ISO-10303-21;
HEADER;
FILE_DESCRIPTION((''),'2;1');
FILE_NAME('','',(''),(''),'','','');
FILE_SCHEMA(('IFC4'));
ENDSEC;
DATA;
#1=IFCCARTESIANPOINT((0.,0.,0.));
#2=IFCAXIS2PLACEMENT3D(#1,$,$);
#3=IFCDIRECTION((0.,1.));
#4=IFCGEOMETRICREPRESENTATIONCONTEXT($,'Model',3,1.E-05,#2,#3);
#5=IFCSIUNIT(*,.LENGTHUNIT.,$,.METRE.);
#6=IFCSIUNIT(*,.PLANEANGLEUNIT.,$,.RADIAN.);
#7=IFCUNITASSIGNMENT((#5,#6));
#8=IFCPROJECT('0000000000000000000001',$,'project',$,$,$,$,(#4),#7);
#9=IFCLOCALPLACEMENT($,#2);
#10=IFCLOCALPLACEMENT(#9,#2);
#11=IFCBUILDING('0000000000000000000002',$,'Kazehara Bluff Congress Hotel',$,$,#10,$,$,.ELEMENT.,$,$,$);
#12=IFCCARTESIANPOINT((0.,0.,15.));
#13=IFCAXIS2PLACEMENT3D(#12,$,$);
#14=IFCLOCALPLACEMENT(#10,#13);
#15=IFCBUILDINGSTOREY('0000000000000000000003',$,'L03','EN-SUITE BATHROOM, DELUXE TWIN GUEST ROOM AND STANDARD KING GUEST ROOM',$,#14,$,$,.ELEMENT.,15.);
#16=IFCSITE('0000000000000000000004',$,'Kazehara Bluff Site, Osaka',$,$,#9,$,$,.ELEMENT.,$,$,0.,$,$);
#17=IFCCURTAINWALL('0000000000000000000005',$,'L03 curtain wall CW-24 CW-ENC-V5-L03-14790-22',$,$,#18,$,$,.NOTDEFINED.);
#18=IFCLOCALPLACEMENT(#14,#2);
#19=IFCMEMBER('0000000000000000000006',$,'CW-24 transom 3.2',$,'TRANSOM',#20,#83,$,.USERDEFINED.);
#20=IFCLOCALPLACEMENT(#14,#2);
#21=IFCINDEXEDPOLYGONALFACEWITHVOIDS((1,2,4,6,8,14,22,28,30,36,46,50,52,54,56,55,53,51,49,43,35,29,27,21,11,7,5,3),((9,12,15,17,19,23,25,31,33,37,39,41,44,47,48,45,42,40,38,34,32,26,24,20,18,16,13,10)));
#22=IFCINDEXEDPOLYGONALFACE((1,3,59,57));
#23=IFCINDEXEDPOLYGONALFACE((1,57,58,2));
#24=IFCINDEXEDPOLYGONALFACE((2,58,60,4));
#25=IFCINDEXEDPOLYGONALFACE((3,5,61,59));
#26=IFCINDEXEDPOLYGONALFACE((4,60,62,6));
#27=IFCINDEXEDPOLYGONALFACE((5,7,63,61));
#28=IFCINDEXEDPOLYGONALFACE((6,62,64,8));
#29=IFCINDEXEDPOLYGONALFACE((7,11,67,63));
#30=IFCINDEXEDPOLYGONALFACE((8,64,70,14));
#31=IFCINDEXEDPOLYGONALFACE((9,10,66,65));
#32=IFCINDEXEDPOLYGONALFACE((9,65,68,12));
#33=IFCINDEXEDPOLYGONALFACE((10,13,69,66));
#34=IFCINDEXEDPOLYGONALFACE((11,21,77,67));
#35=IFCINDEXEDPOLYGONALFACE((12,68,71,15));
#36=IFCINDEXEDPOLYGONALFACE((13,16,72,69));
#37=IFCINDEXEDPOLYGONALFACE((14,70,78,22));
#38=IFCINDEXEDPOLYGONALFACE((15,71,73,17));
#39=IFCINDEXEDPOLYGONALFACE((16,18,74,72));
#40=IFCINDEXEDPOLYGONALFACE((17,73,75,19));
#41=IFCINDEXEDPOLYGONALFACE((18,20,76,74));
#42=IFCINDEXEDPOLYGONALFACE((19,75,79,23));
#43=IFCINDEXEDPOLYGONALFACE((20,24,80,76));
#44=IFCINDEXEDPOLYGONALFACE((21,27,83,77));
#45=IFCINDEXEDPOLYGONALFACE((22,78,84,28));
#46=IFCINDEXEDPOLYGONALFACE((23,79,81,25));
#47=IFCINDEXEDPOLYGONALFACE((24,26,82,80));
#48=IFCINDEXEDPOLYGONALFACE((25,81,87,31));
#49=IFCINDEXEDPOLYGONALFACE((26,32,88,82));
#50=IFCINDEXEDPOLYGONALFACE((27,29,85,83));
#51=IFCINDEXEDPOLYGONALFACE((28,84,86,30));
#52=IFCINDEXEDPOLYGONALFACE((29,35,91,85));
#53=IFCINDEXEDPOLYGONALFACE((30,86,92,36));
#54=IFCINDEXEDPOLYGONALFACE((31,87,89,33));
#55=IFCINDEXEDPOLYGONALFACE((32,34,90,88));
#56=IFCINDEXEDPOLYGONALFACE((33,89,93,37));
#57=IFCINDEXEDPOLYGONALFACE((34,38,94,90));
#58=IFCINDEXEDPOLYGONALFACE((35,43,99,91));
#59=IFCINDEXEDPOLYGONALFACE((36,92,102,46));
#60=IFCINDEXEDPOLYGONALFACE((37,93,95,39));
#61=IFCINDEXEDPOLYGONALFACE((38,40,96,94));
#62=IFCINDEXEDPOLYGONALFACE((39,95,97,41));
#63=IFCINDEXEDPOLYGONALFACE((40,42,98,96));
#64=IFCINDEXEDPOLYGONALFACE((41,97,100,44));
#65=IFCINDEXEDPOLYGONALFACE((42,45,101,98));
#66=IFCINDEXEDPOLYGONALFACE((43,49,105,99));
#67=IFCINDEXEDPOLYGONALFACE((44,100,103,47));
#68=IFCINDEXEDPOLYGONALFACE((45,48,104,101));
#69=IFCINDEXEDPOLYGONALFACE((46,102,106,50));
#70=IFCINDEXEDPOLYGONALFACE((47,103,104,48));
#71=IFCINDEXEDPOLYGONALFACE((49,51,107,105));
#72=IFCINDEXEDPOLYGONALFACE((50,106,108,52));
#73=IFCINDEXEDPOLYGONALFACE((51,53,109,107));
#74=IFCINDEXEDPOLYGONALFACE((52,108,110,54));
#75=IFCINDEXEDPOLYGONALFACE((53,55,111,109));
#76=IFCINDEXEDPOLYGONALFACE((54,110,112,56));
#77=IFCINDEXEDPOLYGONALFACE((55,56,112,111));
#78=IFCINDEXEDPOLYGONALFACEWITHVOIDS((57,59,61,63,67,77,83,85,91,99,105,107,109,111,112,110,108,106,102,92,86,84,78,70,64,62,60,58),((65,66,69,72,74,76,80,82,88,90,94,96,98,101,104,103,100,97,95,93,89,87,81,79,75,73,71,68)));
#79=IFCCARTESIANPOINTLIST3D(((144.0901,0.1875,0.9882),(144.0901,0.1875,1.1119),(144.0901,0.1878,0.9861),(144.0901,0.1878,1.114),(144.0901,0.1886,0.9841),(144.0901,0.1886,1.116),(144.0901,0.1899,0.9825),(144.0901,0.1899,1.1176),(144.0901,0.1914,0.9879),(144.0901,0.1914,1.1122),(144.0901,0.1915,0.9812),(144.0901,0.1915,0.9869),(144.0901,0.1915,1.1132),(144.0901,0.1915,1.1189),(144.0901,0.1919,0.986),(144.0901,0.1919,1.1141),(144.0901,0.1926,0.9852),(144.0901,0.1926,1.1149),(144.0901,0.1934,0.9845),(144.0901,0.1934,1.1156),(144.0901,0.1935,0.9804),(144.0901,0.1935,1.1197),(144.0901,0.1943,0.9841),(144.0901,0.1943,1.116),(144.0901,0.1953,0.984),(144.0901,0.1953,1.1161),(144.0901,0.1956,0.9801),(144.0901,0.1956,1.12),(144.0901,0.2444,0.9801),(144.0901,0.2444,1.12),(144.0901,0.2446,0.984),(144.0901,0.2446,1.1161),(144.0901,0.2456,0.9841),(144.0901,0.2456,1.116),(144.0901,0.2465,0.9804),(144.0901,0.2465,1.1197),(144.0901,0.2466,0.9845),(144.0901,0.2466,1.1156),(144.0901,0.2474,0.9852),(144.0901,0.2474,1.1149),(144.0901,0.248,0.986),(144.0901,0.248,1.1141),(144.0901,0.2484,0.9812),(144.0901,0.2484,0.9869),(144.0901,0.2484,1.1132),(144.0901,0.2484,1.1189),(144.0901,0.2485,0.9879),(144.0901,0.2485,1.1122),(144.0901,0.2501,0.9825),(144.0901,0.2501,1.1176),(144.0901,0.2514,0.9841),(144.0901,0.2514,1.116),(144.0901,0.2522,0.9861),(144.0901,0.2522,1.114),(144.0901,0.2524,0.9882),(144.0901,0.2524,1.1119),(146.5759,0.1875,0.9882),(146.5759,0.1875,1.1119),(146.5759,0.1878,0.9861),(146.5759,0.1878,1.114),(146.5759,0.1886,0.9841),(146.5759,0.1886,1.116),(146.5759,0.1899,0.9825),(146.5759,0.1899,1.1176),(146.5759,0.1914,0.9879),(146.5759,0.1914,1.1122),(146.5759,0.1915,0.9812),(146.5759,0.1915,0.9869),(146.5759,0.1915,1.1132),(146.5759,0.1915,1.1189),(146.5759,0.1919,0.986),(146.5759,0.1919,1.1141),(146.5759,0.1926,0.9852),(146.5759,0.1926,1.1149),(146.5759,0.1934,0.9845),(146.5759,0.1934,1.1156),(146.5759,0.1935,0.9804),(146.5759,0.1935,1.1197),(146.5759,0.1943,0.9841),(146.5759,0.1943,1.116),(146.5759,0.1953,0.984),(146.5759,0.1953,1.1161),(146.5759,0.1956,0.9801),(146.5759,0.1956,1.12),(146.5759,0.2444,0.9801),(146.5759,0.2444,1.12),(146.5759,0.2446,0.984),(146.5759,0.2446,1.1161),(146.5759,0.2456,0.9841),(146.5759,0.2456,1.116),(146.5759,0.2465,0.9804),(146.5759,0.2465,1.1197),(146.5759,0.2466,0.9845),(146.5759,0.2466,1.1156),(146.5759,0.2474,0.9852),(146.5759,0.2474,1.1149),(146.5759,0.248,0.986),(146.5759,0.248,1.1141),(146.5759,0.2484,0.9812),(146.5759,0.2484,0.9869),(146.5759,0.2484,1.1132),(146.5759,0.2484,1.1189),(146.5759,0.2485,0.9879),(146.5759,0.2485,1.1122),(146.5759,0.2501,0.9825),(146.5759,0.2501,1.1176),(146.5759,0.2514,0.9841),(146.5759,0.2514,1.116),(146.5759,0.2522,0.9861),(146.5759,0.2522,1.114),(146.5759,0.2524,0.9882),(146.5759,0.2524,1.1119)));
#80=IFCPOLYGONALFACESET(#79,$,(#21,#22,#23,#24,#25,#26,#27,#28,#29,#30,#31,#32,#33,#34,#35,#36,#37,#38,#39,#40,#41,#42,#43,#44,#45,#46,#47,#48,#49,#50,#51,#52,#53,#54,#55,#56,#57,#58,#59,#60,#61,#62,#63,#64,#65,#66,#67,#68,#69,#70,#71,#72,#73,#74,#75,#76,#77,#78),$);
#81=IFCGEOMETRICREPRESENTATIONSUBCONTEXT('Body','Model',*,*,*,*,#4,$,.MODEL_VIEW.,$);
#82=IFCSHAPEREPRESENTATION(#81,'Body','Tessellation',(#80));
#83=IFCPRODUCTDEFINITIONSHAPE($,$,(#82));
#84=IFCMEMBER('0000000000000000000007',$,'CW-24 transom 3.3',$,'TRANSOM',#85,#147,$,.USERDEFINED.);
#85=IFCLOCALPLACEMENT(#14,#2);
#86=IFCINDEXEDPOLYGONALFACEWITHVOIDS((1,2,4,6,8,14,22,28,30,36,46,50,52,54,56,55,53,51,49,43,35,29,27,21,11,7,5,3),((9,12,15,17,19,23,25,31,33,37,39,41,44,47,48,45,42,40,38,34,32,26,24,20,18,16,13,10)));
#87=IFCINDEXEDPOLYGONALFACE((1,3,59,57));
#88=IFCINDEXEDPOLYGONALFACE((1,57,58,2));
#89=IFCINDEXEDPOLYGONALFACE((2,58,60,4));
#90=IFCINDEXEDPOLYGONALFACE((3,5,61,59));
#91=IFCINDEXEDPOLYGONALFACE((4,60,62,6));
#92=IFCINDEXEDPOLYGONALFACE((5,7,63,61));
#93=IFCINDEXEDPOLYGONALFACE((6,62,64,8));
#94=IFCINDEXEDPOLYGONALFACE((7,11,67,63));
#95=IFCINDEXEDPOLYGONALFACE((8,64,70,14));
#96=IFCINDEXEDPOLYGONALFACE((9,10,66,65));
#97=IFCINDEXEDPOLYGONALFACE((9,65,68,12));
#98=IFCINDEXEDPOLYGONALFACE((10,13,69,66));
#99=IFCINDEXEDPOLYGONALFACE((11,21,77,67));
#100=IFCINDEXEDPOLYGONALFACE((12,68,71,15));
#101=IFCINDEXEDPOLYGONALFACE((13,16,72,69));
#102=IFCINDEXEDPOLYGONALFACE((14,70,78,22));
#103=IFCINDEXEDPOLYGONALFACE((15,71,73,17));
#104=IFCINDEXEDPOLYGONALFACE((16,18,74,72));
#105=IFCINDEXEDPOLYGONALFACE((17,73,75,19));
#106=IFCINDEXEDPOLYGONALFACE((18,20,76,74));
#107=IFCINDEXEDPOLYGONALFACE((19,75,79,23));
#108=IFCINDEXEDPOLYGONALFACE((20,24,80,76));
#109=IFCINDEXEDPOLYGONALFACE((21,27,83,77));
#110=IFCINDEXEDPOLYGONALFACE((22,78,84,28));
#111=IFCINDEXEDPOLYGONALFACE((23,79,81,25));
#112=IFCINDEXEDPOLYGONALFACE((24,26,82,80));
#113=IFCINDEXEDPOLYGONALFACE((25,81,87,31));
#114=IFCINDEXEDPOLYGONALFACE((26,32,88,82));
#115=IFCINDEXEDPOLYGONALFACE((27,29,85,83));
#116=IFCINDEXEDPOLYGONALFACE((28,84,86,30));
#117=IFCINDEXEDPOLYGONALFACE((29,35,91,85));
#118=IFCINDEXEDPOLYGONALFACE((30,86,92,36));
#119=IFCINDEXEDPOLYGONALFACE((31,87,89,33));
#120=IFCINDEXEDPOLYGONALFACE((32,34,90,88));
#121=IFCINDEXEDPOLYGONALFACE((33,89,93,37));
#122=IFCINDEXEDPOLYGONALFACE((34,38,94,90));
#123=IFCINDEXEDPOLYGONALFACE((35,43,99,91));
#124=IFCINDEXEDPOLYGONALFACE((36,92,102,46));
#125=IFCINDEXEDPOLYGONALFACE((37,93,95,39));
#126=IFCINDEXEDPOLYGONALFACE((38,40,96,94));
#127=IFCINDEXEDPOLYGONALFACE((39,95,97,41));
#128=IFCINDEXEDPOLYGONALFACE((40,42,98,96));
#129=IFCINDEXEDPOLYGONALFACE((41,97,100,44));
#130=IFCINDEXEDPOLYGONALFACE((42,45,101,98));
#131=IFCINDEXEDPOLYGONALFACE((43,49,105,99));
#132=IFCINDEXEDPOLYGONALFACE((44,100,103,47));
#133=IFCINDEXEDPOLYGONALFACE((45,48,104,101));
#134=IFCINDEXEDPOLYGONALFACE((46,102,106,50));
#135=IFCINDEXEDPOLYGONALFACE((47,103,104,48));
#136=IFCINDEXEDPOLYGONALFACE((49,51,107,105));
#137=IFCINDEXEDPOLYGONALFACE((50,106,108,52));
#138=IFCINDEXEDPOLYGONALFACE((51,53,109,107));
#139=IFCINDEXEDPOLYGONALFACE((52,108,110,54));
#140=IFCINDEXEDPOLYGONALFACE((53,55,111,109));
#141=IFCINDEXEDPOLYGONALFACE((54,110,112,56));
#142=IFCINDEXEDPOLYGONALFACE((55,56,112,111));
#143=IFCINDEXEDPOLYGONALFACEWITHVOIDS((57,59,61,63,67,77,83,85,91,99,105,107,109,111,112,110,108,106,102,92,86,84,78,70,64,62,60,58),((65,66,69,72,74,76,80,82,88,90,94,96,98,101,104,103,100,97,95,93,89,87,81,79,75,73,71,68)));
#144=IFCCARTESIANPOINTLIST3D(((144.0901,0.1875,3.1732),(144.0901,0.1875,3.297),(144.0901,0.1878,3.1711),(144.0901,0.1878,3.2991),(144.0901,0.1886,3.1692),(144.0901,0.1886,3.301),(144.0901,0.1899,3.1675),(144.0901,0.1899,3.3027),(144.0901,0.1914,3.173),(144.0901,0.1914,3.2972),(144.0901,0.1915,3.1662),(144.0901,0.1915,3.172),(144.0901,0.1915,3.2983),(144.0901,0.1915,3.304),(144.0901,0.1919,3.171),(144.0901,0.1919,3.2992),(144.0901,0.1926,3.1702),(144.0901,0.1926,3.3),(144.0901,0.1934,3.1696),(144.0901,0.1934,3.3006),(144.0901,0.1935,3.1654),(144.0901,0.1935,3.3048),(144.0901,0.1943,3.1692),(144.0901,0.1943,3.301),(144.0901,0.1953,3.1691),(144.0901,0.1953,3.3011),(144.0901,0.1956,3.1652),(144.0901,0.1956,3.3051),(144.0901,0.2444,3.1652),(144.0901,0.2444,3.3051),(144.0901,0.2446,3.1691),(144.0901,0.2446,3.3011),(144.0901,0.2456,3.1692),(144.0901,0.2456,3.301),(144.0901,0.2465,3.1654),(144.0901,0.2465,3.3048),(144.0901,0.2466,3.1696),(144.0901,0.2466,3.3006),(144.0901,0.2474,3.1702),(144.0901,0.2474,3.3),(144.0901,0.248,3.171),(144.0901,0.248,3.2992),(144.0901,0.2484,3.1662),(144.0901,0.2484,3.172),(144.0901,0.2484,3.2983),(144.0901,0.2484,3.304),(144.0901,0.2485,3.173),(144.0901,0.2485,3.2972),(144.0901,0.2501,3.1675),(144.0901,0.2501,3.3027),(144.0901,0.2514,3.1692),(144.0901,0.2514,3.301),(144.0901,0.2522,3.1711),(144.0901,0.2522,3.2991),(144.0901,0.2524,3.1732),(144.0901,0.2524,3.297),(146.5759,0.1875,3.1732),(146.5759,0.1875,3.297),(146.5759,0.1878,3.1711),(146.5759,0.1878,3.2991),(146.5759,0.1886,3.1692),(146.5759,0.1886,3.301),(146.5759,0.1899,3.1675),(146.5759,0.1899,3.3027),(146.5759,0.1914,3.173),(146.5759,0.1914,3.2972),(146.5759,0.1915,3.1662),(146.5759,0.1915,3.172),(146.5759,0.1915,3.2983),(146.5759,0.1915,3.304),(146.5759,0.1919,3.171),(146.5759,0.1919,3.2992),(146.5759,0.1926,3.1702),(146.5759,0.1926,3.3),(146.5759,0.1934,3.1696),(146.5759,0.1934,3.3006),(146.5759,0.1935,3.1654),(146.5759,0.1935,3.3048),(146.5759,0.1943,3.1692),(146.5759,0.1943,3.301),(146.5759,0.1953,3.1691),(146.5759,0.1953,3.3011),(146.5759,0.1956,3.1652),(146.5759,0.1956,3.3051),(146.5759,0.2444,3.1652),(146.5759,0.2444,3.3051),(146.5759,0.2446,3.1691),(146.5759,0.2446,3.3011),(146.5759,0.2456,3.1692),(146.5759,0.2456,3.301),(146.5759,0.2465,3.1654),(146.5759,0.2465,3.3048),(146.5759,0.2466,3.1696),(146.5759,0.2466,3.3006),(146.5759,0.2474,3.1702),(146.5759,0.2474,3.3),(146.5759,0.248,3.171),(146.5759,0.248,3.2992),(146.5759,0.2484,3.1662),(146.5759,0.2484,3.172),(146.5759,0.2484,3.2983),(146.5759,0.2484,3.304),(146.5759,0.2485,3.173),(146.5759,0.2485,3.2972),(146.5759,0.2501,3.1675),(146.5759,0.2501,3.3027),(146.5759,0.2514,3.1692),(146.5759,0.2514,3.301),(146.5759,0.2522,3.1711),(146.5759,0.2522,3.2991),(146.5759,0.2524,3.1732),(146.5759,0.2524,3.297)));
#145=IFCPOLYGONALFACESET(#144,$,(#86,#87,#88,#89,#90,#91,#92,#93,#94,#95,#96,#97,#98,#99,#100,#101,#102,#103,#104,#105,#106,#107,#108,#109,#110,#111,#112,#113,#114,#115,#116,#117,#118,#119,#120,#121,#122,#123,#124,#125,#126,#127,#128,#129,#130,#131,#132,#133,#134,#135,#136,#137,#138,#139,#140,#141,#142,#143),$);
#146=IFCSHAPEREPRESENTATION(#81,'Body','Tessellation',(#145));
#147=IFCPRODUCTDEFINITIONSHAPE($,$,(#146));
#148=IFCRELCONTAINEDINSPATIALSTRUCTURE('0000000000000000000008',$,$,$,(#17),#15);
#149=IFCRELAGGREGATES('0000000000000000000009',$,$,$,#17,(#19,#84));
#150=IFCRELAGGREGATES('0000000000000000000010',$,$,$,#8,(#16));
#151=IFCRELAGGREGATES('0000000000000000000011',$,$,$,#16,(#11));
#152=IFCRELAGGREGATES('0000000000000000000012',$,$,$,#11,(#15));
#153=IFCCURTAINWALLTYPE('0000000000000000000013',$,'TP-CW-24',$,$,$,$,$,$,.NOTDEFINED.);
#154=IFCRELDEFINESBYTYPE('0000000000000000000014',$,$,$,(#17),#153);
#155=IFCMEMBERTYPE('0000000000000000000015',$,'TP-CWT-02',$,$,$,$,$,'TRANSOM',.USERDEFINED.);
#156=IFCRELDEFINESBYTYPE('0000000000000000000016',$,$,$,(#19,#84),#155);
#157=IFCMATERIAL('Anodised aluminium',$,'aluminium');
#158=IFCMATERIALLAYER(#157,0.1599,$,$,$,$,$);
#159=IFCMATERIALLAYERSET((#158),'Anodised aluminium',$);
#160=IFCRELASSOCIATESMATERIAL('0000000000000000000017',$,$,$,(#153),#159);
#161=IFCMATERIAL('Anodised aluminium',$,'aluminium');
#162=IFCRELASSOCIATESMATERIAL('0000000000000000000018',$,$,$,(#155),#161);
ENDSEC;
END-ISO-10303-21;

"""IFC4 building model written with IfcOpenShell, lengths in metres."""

from ifc_helpers import new_model, si_unit, direction, frame, origin, origin_2d, place, context, subcontext, project, spatial, hollow_rectangle, extrude, material, layer, layer_set, material_profile, profile_set, type_object, element, aggregate, save


model = new_model("IFC4")

# Units and contexts
model_context = context("Model", 3, precision=1e-05, world=origin(), true_north=direction((0.0, 1.0)))
body_context = subcontext(model_context, "Body", "Model", "MODEL_VIEW")
ifc_project = project(units=[si_unit("LENGTHUNIT", "METRE"), si_unit("PLANEANGLEUNIT", "RADIAN")], contexts=[model_context])

# Site, building, storey
site_placement = place(None, origin())
site = spatial("IfcSite", under=ifc_project, at=site_placement, Name="Kazehara Bluff Site, Osaka", CompositionType="ELEMENT", RefElevation=0.0)
building_placement = place(site_placement, origin())
building = spatial("IfcBuilding", under=site, at=building_placement, Name="Kazehara Bluff Congress Hotel", CompositionType="ELEMENT")
storey_placement = place(building_placement, frame((0.0, 0.0, 15.0)))
storey = spatial("IfcBuildingStorey", under=building, at=storey_placement, Name="L03", Description="EN-SUITE BATHROOM, DELUXE TWIN GUEST ROOM AND STANDARD KING GUEST ROOM", CompositionType="ELEMENT", Elevation=15.0)

# Curtain wall
ifc_material_1 = material(Name="Anodised aluminium", Category="aluminium")
ifc_layer_1 = layer(ifc_material_1, 0.1599)
ifc_layer_set_1 = layer_set([ifc_layer_1], Name="Anodised aluminium")
curtain_wall_type_1 = type_object("IfcCurtainWallType", Name="TP-CW-24", PredefinedType="NOTDEFINED", material=ifc_layer_set_1)
curtain_wall_1_placement = place(storey_placement, origin())
curtain_wall_1 = element("IfcCurtainWall", 1, at=curtain_wall_1_placement, inside=storey, type_object=curtain_wall_type_1, Name="L03 curtain wall CW-24 CW-ENC-V5-L03-14790-22", PredefinedType="NOTDEFINED")

# Members
ifc_material_2 = material(Name="Anodised aluminium", Category="aluminium")
ifc_material_profile_1 = material_profile(ifc_material_2, hollow_rectangle(XDim=0.0649, YDim=0.1399, WallThickness=0.0039, InnerFilletRadius=0.0039, OuterFilletRadius=0.0081, at=origin_2d()))
ifc_profile_set_1 = profile_set([ifc_material_profile_1], Name="Anodised aluminium")
member_type_1 = type_object("IfcMemberType", Name="TP-CWT-02", ElementType="TRANSOM", PredefinedType="USERDEFINED", material=ifc_profile_set_1)
member_1_placement = place(storey_placement, frame((146.5759, 0.22, 1.05), z_axis=(-1.0, 0.0, 0.0), x_axis=(0.0, -1.0, 0.0)))
member_1 = element("IfcMember", 2, at=member_1_placement, type_object=member_type_1, Name="CW-24 transom 3.2", ObjectType="TRANSOM", PredefinedType="USERDEFINED", context=body_context, shape_type="SweptSolid", body=[
    extrude(hollow_rectangle(XDim=0.0649, YDim=0.1399, WallThickness=0.0039, InnerFilletRadius=0.0039, OuterFilletRadius=0.0081, at=origin_2d()), origin(), (0.0, 0.0, 1.0), 2.4858),
])
member_2_placement = place(storey_placement, frame((146.5759, 0.22, 3.2351), z_axis=(-1.0, 0.0, 0.0), x_axis=(0.0, -1.0, 0.0)))
member_2 = element("IfcMember", 3, at=member_2_placement, type_object=member_type_1, Name="CW-24 transom 3.3", ObjectType="TRANSOM", PredefinedType="USERDEFINED", context=body_context, shape_type="SweptSolid", body=[
    extrude(hollow_rectangle(XDim=0.0649, YDim=0.1399, WallThickness=0.0039, InnerFilletRadius=0.0039, OuterFilletRadius=0.0081, at=origin_2d()), origin(), (0.0, 0.0, 1.0), 2.4858),
])

aggregate(curtain_wall_1, [member_1, member_2])

save(model, "model.ifc")
